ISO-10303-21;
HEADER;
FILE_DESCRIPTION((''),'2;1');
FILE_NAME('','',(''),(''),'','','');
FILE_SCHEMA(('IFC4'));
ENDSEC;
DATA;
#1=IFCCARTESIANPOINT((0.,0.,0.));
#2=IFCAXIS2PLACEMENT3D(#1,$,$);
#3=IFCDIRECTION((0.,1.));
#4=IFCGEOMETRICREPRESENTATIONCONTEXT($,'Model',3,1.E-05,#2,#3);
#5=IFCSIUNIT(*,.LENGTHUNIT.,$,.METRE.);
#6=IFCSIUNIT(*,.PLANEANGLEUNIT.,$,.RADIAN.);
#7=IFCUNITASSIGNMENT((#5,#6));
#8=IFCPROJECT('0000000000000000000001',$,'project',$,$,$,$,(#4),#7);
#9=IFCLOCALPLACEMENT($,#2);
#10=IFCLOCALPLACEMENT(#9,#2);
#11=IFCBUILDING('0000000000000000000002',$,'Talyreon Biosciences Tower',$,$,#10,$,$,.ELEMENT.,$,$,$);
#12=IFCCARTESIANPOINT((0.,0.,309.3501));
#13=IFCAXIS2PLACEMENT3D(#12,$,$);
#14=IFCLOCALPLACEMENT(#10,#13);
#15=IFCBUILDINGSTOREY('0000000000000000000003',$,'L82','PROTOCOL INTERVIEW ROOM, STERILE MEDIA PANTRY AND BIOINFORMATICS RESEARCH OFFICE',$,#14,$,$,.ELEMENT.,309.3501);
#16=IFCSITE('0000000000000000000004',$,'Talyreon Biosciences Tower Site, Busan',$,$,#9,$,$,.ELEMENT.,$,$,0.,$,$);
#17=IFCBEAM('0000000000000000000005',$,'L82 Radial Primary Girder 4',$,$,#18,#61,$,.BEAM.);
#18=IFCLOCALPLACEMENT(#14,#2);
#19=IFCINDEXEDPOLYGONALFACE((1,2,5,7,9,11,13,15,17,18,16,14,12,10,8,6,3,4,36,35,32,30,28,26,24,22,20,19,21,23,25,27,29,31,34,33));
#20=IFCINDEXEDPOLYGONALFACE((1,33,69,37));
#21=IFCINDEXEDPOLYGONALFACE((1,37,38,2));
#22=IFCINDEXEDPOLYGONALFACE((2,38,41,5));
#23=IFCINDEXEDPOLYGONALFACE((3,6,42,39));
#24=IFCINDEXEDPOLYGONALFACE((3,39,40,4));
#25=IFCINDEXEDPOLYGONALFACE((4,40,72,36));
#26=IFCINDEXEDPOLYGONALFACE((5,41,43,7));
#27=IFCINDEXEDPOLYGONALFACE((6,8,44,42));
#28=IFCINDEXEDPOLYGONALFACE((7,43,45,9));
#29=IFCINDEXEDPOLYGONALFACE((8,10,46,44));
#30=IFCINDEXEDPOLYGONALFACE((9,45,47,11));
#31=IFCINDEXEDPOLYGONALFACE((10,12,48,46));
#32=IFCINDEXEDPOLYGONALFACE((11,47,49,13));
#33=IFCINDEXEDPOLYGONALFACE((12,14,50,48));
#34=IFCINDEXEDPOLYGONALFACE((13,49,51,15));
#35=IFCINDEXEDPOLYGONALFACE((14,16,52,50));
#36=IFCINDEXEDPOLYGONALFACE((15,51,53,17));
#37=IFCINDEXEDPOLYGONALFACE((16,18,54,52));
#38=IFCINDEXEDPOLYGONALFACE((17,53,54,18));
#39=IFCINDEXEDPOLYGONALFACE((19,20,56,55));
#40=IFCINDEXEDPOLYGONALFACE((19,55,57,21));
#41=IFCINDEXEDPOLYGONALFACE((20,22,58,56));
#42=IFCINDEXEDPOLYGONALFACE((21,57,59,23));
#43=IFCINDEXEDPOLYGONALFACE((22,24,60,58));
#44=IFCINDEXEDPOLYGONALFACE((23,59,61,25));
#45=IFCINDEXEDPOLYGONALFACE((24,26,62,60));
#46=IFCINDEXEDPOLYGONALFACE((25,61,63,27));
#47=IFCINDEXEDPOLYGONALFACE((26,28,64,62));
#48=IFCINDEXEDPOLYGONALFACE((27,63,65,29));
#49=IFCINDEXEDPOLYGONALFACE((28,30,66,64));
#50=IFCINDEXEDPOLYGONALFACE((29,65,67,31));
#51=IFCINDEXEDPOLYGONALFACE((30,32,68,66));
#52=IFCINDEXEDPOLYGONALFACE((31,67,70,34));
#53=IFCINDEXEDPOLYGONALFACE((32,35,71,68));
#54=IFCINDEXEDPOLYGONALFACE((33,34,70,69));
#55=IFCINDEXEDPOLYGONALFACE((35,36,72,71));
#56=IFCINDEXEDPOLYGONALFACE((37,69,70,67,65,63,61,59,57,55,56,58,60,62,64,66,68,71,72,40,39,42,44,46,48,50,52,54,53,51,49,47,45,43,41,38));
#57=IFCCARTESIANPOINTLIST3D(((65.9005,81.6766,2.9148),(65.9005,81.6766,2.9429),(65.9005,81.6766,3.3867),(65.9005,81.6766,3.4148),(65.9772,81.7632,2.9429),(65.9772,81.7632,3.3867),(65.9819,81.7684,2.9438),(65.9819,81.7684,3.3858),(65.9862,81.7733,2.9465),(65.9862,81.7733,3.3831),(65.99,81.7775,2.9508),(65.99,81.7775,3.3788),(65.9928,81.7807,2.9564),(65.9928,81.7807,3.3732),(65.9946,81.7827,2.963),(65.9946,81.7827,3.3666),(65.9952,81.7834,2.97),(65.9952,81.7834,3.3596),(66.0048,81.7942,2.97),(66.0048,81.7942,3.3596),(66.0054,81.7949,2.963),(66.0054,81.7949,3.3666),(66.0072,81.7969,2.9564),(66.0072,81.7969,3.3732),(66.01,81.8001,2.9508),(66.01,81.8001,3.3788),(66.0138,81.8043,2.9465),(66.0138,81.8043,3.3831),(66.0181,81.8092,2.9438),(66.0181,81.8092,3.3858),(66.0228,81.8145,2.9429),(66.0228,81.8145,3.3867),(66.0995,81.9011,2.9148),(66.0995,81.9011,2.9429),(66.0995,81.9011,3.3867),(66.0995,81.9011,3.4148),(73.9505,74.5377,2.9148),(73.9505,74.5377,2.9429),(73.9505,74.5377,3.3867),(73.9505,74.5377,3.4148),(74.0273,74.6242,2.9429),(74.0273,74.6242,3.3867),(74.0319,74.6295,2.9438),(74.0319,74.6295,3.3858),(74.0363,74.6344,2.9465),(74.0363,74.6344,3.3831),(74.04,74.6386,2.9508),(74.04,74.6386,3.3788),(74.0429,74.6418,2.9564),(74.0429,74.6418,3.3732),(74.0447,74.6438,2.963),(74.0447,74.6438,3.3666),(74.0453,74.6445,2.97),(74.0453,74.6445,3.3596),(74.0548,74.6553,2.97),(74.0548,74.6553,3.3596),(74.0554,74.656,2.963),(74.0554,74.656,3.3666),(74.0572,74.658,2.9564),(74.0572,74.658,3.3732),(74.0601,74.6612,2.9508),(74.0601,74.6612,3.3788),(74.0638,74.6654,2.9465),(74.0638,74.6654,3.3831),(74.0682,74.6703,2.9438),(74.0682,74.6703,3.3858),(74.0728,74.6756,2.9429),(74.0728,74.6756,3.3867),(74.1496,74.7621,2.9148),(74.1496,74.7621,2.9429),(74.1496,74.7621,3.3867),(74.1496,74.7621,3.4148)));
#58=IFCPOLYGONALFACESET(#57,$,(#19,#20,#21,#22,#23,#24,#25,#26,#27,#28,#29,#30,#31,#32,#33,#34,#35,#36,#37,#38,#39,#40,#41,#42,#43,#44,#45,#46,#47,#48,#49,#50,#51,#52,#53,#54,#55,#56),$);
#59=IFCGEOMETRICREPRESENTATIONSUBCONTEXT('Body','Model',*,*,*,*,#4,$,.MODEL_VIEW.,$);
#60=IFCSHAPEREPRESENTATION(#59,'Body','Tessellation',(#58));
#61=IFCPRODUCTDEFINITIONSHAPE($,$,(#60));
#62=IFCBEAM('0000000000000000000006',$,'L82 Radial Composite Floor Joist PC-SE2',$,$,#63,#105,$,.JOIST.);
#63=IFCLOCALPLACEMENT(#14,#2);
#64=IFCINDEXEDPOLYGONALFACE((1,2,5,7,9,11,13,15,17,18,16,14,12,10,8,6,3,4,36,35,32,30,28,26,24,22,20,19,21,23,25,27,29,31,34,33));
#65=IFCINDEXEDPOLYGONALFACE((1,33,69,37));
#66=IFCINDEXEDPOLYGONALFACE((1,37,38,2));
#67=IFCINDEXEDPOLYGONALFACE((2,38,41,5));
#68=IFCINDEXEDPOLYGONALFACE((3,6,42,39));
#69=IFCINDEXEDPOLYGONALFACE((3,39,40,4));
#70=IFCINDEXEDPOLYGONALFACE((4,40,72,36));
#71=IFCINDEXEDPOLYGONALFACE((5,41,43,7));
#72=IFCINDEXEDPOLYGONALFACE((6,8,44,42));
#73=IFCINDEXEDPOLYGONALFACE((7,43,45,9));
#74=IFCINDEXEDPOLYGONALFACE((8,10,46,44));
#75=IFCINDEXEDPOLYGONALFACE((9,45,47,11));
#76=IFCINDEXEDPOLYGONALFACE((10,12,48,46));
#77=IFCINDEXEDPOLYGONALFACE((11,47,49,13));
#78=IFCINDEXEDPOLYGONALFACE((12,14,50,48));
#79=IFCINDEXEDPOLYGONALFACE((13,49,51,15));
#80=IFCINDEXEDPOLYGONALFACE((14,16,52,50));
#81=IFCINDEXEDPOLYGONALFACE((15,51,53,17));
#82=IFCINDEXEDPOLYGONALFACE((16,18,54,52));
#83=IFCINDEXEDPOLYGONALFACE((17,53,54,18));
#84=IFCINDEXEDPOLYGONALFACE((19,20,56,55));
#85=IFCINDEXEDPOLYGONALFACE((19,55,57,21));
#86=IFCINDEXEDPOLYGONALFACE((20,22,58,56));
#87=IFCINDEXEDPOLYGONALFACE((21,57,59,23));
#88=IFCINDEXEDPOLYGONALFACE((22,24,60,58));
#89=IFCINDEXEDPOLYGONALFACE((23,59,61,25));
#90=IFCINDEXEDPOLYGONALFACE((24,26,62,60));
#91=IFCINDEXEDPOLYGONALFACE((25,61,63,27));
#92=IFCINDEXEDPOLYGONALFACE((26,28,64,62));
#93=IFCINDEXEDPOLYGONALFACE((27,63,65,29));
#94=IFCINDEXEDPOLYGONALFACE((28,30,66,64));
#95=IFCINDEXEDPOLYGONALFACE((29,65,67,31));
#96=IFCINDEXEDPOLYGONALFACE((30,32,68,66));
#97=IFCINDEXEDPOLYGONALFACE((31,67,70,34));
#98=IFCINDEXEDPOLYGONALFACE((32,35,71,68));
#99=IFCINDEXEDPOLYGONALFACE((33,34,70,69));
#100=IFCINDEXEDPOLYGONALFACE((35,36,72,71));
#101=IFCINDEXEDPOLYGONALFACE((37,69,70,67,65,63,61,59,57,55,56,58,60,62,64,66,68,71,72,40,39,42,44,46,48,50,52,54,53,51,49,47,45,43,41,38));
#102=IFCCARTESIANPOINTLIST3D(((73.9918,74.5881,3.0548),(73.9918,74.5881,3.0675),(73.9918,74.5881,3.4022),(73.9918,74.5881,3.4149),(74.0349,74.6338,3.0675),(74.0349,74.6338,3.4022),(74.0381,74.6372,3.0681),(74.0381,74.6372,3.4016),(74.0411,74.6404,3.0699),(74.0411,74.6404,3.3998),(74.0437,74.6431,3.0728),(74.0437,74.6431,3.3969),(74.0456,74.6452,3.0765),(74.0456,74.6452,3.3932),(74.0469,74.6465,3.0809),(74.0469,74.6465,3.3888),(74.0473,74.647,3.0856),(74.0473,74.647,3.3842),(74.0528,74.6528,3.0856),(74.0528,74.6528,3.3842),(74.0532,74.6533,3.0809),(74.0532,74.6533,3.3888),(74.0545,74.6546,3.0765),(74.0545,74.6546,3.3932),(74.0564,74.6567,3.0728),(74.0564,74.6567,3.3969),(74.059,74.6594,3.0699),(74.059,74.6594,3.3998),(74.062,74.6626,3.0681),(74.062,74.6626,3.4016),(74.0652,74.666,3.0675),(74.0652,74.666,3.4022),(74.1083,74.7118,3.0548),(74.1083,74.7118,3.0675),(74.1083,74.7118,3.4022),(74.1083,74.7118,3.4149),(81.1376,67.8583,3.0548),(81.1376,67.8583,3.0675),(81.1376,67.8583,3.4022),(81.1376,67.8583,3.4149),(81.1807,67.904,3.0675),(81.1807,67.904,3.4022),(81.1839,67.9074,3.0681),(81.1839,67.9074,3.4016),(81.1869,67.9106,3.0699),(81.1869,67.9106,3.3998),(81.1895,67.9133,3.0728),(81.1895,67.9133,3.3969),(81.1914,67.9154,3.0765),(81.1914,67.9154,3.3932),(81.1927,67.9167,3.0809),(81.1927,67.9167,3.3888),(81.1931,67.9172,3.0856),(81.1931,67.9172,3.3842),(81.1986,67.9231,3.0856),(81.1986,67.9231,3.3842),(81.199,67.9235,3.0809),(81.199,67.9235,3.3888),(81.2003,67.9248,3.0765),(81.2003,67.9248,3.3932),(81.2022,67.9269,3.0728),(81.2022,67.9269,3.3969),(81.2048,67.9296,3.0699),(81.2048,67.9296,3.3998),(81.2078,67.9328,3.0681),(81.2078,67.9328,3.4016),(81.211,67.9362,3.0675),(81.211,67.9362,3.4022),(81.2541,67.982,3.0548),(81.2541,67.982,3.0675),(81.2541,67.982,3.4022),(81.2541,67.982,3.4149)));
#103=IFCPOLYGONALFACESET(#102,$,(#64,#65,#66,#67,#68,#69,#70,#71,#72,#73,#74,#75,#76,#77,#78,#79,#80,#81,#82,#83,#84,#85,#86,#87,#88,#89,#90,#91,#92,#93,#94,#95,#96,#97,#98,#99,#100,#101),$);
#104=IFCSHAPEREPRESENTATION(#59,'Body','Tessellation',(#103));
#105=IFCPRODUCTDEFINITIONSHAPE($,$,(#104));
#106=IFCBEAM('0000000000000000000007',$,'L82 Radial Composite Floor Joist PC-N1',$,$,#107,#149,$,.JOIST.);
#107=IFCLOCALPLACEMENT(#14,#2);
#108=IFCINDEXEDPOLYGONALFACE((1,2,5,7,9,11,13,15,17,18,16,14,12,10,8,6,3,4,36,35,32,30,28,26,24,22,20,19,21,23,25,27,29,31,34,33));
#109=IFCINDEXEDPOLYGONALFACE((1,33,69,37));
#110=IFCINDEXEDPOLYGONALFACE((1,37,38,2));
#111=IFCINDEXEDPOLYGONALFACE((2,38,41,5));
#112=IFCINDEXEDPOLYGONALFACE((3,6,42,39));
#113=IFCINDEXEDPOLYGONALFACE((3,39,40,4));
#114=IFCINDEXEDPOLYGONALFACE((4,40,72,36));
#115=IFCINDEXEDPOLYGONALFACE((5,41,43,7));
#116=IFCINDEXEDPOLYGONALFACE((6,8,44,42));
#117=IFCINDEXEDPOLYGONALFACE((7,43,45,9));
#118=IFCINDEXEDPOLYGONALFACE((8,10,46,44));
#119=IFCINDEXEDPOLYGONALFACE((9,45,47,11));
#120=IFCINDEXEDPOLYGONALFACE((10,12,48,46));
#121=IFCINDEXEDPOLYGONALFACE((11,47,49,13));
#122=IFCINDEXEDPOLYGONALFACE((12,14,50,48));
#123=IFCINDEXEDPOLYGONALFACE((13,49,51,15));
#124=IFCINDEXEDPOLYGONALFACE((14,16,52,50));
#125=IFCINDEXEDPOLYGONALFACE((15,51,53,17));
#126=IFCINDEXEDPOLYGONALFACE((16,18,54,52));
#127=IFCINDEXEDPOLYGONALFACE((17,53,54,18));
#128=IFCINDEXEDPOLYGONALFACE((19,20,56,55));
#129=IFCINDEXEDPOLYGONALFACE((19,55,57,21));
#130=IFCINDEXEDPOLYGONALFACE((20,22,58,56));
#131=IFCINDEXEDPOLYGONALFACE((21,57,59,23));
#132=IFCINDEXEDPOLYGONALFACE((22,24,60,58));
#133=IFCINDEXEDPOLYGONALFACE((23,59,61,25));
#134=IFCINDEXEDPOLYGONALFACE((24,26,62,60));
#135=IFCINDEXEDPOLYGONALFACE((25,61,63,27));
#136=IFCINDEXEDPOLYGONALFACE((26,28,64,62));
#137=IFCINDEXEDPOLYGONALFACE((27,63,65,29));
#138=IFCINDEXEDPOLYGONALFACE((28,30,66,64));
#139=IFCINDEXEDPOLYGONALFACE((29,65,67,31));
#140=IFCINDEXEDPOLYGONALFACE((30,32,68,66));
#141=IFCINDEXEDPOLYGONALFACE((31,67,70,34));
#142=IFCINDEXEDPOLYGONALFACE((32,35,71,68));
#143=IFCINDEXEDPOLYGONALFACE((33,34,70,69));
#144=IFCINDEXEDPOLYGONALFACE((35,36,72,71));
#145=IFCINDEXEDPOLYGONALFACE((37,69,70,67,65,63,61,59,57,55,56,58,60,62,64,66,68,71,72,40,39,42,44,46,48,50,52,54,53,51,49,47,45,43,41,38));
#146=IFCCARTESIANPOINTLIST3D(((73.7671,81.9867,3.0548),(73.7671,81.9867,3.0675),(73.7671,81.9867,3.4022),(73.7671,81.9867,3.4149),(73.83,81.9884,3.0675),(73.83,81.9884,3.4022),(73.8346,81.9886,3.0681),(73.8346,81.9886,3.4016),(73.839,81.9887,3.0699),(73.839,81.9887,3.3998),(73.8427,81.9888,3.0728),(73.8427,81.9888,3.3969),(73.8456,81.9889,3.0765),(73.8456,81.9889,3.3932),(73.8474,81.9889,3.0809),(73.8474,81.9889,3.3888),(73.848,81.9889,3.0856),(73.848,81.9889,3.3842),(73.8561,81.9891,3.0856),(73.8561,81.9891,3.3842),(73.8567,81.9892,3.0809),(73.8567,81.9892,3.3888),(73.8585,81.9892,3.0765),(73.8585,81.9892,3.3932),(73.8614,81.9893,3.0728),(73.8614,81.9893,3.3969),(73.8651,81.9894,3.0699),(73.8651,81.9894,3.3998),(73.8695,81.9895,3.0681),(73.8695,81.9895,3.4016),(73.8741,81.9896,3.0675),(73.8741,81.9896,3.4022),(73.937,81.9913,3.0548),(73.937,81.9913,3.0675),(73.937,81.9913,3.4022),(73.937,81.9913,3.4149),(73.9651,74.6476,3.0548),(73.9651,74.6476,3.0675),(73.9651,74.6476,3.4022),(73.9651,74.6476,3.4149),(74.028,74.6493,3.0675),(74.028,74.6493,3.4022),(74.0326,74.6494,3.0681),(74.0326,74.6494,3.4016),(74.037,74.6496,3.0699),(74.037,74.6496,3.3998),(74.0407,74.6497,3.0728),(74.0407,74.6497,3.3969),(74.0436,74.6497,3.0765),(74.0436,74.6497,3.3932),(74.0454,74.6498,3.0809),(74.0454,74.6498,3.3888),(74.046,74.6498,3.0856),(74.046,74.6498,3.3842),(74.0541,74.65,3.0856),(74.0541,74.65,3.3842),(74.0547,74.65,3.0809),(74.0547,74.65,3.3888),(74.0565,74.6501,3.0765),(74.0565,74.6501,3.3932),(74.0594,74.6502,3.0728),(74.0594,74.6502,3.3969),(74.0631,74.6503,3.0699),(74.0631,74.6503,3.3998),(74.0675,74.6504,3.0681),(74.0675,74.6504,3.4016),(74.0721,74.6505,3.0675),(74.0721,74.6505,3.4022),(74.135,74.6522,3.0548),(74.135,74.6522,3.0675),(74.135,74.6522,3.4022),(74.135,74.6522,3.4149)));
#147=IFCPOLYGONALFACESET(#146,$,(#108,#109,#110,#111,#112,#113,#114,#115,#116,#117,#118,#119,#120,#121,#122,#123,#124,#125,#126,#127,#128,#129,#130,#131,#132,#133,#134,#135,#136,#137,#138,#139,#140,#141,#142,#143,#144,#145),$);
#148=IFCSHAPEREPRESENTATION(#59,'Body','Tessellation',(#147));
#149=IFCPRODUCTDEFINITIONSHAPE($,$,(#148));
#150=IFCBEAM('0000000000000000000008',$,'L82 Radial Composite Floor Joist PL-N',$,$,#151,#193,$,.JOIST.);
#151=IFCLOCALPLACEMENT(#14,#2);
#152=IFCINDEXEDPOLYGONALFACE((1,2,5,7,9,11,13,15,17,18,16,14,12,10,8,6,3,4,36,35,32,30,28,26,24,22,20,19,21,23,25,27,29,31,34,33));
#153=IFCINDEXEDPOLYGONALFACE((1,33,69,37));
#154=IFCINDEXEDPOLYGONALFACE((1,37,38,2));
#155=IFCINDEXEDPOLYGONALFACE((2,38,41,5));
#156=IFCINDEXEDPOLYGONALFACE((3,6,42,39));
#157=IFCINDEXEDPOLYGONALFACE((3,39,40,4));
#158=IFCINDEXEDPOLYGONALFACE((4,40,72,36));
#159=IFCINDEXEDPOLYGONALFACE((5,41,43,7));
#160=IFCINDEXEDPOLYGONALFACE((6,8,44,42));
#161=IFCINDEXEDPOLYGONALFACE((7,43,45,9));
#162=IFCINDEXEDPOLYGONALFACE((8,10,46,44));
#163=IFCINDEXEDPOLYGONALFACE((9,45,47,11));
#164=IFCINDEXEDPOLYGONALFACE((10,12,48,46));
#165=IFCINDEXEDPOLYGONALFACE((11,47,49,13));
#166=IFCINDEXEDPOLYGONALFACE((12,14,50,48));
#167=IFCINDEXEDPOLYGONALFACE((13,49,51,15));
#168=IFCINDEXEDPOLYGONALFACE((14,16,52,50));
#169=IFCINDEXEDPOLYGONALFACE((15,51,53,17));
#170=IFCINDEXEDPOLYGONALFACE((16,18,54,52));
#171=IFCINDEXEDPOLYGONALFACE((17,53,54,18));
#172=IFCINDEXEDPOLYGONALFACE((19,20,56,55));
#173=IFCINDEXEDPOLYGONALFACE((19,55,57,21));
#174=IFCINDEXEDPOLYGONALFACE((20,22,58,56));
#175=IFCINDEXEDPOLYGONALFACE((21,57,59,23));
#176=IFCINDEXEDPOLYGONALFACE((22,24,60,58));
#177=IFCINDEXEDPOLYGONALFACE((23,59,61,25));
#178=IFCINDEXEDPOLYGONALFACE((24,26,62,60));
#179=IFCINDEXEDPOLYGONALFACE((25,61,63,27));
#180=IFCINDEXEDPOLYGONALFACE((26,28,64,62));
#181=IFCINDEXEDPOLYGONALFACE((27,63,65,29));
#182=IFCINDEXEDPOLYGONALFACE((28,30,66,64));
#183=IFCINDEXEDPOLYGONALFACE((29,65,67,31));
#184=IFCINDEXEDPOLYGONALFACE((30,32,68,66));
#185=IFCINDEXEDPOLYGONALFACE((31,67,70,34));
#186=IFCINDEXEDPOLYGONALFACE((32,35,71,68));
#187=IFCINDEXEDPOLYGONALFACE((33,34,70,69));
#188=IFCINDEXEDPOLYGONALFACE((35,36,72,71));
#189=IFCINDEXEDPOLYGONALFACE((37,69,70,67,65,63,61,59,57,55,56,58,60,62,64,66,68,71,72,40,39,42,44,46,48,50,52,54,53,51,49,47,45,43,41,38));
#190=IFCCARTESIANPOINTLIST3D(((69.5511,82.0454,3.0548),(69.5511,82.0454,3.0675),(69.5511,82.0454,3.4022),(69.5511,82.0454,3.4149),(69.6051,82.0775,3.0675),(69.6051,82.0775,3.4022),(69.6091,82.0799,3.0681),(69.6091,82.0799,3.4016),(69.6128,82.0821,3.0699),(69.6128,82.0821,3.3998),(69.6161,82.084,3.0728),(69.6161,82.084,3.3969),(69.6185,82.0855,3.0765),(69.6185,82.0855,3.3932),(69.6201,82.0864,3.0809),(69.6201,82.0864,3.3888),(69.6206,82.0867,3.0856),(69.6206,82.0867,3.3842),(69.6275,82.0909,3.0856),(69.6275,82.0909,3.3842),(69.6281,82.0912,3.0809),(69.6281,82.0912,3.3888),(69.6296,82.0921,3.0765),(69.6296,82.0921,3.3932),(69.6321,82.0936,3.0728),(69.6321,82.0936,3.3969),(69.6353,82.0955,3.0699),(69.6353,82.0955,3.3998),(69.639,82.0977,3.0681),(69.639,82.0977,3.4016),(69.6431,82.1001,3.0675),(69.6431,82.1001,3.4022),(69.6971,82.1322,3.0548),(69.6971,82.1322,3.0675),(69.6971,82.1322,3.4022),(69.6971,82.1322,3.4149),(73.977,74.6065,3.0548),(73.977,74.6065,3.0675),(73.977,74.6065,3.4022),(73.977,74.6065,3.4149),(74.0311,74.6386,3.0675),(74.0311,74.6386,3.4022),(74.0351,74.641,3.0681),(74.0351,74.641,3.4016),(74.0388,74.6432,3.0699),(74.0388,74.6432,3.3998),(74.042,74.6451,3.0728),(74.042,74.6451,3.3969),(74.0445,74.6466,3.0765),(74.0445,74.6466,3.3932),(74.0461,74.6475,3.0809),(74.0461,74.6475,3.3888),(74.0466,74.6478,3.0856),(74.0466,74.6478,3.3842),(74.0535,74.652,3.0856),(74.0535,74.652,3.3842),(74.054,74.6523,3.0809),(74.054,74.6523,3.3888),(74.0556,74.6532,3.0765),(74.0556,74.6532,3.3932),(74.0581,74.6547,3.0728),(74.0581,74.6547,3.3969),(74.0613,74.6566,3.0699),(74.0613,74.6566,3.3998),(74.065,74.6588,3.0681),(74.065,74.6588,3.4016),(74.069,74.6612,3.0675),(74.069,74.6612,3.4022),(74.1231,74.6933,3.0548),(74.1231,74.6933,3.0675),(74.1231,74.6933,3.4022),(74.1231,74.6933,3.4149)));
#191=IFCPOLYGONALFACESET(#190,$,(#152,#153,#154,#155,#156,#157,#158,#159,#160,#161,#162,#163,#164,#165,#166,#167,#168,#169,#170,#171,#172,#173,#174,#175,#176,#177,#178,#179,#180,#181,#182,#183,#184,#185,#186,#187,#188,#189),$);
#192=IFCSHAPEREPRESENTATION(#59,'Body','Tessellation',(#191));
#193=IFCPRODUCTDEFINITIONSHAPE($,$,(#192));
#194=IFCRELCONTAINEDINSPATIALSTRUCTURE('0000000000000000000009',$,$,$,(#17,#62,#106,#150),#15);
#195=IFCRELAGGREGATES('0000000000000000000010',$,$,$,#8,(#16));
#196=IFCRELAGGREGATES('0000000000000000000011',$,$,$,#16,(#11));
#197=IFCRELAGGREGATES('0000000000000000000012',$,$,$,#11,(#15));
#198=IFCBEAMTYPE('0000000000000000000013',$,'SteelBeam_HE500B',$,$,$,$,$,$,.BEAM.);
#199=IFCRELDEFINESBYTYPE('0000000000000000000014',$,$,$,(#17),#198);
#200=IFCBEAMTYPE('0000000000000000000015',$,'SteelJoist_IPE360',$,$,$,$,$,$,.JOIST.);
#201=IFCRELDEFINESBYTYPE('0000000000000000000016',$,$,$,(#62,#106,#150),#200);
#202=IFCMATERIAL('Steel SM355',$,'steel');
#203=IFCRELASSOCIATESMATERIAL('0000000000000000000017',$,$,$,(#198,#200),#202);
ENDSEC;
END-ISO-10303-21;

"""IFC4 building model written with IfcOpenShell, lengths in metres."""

from ifc_helpers import new_model, si_unit, direction, frame, origin, origin_2d, place, context, subcontext, project, spatial, i_section, extrude, material, material_profile, profile_set, type_object, element, save


model = new_model("IFC4")

# Units and contexts
model_context = context("Model", 3, precision=1e-05, world=origin(), true_north=direction((0.0, 1.0)))
body_context = subcontext(model_context, "Body", "Model", "MODEL_VIEW")
ifc_project = project(units=[si_unit("LENGTHUNIT", "METRE"), si_unit("PLANEANGLEUNIT", "RADIAN")], contexts=[model_context])

# Site, building, storey
site_placement = place(None, origin())
site = spatial("IfcSite", under=ifc_project, at=site_placement, Name="Talyreon Biosciences Tower Site, Busan", CompositionType="ELEMENT", RefElevation=0.0)
building_placement = place(site_placement, origin())
building = spatial("IfcBuilding", under=site, at=building_placement, Name="Talyreon Biosciences Tower", CompositionType="ELEMENT")
storey_placement = place(building_placement, frame((0.0, 0.0, 309.3501)))
storey = spatial("IfcBuildingStorey", under=building, at=storey_placement, Name="L82", Description="PROTOCOL INTERVIEW ROOM, STERILE MEDIA PANTRY AND BIOINFORMATICS RESEARCH OFFICE", CompositionType="ELEMENT", Elevation=309.3501)

# Beams
ifc_material_1 = material(Name="Steel SM355", Category="steel")
ifc_material_profile_1 = material_profile(ifc_material_1, i_section(OverallWidth=0.3, OverallDepth=0.5, WebThickness=0.0144, FlangeThickness=0.0281, FilletRadius=0.0271, at=origin_2d()), Name="HE500B")
ifc_profile_set_1 = profile_set([ifc_material_profile_1], Name="Steel SM355")
beam_type_1 = type_object("IfcBeamType", Name="SteelBeam_HE500B", PredefinedType="BEAM", material=ifc_profile_set_1)
beam_1_placement = place(storey_placement, frame((74.05, 74.6499, 3.1648), z_axis=(-0.748179, 0.663497, 0.0), x_axis=(-0.663497, -0.748179, 0.0)))
element("IfcBeam", 1, at=beam_1_placement, inside=storey, type_object=beam_type_1, Name="L82 Radial Primary Girder 4", PredefinedType="BEAM", context=body_context, shape_type="SweptSolid", body=[
    extrude(i_section(OverallWidth=0.3, OverallDepth=0.5, WebThickness=0.0144, FlangeThickness=0.0281, FilletRadius=0.0271, at=origin_2d()), origin(), (0.0, 0.0, 1.0), 10.7595),
])
ifc_material_profile_2 = material_profile(ifc_material_1, i_section(OverallWidth=0.1699, OverallDepth=0.3601, WebThickness=0.0081, FlangeThickness=0.0127, FilletRadius=0.0181, at=origin_2d()), Name="IPE360")
ifc_profile_set_2 = profile_set([ifc_material_profile_2], Name="Steel SM355")
beam_type_2 = type_object("IfcBeamType", Name="SteelJoist_IPE360", PredefinedType="JOIST", material=ifc_profile_set_2)
beam_2_placement = place(storey_placement, frame((74.05, 74.6499, 3.2349), z_axis=(0.72798, -0.685598, 0.0), x_axis=(0.685598, 0.72798, 0.0)))
element("IfcBeam", 2, at=beam_2_placement, inside=storey, type_object=beam_type_2, Name="L82 Radial Composite Floor Joist PC-SE2", PredefinedType="JOIST", context=body_context, shape_type="SweptSolid", body=[
    extrude(i_section(OverallWidth=0.1699, OverallDepth=0.3601, WebThickness=0.0081, FlangeThickness=0.0127, FilletRadius=0.0181, at=origin_2d()), origin(), (0.0, 0.0, 1.0), 9.8159),
])
beam_3_placement = place(storey_placement, frame((74.05, 74.6499, 3.2349), z_axis=(-0.026969, 0.999636, 0.0), x_axis=(-0.999636, -0.026969, 0.0)))
element("IfcBeam", 3, at=beam_3_placement, inside=storey, type_object=beam_type_2, Name="L82 Radial Composite Floor Joist PC-N1", PredefinedType="JOIST", context=body_context, shape_type="SweptSolid", body=[
    extrude(i_section(OverallWidth=0.1699, OverallDepth=0.3601, WebThickness=0.0081, FlangeThickness=0.0127, FilletRadius=0.0181, at=origin_2d()), origin(), (0.0, 0.0, 1.0), 7.3418),
])
beam_4_placement = place(storey_placement, frame((74.05, 74.6499, 3.2349), z_axis=(-0.511319, 0.859391, 0.0), x_axis=(-0.859391, -0.511319, 0.0)))
element("IfcBeam", 4, at=beam_4_placement, inside=storey, type_object=beam_type_2, Name="L82 Radial Composite Floor Joist PL-N", PredefinedType="JOIST", context=body_context, shape_type="SweptSolid", body=[
    extrude(i_section(OverallWidth=0.1699, OverallDepth=0.3601, WebThickness=0.0081, FlangeThickness=0.0127, FilletRadius=0.0181, at=origin_2d()), origin(), (0.0, 0.0, 1.0), 8.656),
])

save(model, "model.ifc")
